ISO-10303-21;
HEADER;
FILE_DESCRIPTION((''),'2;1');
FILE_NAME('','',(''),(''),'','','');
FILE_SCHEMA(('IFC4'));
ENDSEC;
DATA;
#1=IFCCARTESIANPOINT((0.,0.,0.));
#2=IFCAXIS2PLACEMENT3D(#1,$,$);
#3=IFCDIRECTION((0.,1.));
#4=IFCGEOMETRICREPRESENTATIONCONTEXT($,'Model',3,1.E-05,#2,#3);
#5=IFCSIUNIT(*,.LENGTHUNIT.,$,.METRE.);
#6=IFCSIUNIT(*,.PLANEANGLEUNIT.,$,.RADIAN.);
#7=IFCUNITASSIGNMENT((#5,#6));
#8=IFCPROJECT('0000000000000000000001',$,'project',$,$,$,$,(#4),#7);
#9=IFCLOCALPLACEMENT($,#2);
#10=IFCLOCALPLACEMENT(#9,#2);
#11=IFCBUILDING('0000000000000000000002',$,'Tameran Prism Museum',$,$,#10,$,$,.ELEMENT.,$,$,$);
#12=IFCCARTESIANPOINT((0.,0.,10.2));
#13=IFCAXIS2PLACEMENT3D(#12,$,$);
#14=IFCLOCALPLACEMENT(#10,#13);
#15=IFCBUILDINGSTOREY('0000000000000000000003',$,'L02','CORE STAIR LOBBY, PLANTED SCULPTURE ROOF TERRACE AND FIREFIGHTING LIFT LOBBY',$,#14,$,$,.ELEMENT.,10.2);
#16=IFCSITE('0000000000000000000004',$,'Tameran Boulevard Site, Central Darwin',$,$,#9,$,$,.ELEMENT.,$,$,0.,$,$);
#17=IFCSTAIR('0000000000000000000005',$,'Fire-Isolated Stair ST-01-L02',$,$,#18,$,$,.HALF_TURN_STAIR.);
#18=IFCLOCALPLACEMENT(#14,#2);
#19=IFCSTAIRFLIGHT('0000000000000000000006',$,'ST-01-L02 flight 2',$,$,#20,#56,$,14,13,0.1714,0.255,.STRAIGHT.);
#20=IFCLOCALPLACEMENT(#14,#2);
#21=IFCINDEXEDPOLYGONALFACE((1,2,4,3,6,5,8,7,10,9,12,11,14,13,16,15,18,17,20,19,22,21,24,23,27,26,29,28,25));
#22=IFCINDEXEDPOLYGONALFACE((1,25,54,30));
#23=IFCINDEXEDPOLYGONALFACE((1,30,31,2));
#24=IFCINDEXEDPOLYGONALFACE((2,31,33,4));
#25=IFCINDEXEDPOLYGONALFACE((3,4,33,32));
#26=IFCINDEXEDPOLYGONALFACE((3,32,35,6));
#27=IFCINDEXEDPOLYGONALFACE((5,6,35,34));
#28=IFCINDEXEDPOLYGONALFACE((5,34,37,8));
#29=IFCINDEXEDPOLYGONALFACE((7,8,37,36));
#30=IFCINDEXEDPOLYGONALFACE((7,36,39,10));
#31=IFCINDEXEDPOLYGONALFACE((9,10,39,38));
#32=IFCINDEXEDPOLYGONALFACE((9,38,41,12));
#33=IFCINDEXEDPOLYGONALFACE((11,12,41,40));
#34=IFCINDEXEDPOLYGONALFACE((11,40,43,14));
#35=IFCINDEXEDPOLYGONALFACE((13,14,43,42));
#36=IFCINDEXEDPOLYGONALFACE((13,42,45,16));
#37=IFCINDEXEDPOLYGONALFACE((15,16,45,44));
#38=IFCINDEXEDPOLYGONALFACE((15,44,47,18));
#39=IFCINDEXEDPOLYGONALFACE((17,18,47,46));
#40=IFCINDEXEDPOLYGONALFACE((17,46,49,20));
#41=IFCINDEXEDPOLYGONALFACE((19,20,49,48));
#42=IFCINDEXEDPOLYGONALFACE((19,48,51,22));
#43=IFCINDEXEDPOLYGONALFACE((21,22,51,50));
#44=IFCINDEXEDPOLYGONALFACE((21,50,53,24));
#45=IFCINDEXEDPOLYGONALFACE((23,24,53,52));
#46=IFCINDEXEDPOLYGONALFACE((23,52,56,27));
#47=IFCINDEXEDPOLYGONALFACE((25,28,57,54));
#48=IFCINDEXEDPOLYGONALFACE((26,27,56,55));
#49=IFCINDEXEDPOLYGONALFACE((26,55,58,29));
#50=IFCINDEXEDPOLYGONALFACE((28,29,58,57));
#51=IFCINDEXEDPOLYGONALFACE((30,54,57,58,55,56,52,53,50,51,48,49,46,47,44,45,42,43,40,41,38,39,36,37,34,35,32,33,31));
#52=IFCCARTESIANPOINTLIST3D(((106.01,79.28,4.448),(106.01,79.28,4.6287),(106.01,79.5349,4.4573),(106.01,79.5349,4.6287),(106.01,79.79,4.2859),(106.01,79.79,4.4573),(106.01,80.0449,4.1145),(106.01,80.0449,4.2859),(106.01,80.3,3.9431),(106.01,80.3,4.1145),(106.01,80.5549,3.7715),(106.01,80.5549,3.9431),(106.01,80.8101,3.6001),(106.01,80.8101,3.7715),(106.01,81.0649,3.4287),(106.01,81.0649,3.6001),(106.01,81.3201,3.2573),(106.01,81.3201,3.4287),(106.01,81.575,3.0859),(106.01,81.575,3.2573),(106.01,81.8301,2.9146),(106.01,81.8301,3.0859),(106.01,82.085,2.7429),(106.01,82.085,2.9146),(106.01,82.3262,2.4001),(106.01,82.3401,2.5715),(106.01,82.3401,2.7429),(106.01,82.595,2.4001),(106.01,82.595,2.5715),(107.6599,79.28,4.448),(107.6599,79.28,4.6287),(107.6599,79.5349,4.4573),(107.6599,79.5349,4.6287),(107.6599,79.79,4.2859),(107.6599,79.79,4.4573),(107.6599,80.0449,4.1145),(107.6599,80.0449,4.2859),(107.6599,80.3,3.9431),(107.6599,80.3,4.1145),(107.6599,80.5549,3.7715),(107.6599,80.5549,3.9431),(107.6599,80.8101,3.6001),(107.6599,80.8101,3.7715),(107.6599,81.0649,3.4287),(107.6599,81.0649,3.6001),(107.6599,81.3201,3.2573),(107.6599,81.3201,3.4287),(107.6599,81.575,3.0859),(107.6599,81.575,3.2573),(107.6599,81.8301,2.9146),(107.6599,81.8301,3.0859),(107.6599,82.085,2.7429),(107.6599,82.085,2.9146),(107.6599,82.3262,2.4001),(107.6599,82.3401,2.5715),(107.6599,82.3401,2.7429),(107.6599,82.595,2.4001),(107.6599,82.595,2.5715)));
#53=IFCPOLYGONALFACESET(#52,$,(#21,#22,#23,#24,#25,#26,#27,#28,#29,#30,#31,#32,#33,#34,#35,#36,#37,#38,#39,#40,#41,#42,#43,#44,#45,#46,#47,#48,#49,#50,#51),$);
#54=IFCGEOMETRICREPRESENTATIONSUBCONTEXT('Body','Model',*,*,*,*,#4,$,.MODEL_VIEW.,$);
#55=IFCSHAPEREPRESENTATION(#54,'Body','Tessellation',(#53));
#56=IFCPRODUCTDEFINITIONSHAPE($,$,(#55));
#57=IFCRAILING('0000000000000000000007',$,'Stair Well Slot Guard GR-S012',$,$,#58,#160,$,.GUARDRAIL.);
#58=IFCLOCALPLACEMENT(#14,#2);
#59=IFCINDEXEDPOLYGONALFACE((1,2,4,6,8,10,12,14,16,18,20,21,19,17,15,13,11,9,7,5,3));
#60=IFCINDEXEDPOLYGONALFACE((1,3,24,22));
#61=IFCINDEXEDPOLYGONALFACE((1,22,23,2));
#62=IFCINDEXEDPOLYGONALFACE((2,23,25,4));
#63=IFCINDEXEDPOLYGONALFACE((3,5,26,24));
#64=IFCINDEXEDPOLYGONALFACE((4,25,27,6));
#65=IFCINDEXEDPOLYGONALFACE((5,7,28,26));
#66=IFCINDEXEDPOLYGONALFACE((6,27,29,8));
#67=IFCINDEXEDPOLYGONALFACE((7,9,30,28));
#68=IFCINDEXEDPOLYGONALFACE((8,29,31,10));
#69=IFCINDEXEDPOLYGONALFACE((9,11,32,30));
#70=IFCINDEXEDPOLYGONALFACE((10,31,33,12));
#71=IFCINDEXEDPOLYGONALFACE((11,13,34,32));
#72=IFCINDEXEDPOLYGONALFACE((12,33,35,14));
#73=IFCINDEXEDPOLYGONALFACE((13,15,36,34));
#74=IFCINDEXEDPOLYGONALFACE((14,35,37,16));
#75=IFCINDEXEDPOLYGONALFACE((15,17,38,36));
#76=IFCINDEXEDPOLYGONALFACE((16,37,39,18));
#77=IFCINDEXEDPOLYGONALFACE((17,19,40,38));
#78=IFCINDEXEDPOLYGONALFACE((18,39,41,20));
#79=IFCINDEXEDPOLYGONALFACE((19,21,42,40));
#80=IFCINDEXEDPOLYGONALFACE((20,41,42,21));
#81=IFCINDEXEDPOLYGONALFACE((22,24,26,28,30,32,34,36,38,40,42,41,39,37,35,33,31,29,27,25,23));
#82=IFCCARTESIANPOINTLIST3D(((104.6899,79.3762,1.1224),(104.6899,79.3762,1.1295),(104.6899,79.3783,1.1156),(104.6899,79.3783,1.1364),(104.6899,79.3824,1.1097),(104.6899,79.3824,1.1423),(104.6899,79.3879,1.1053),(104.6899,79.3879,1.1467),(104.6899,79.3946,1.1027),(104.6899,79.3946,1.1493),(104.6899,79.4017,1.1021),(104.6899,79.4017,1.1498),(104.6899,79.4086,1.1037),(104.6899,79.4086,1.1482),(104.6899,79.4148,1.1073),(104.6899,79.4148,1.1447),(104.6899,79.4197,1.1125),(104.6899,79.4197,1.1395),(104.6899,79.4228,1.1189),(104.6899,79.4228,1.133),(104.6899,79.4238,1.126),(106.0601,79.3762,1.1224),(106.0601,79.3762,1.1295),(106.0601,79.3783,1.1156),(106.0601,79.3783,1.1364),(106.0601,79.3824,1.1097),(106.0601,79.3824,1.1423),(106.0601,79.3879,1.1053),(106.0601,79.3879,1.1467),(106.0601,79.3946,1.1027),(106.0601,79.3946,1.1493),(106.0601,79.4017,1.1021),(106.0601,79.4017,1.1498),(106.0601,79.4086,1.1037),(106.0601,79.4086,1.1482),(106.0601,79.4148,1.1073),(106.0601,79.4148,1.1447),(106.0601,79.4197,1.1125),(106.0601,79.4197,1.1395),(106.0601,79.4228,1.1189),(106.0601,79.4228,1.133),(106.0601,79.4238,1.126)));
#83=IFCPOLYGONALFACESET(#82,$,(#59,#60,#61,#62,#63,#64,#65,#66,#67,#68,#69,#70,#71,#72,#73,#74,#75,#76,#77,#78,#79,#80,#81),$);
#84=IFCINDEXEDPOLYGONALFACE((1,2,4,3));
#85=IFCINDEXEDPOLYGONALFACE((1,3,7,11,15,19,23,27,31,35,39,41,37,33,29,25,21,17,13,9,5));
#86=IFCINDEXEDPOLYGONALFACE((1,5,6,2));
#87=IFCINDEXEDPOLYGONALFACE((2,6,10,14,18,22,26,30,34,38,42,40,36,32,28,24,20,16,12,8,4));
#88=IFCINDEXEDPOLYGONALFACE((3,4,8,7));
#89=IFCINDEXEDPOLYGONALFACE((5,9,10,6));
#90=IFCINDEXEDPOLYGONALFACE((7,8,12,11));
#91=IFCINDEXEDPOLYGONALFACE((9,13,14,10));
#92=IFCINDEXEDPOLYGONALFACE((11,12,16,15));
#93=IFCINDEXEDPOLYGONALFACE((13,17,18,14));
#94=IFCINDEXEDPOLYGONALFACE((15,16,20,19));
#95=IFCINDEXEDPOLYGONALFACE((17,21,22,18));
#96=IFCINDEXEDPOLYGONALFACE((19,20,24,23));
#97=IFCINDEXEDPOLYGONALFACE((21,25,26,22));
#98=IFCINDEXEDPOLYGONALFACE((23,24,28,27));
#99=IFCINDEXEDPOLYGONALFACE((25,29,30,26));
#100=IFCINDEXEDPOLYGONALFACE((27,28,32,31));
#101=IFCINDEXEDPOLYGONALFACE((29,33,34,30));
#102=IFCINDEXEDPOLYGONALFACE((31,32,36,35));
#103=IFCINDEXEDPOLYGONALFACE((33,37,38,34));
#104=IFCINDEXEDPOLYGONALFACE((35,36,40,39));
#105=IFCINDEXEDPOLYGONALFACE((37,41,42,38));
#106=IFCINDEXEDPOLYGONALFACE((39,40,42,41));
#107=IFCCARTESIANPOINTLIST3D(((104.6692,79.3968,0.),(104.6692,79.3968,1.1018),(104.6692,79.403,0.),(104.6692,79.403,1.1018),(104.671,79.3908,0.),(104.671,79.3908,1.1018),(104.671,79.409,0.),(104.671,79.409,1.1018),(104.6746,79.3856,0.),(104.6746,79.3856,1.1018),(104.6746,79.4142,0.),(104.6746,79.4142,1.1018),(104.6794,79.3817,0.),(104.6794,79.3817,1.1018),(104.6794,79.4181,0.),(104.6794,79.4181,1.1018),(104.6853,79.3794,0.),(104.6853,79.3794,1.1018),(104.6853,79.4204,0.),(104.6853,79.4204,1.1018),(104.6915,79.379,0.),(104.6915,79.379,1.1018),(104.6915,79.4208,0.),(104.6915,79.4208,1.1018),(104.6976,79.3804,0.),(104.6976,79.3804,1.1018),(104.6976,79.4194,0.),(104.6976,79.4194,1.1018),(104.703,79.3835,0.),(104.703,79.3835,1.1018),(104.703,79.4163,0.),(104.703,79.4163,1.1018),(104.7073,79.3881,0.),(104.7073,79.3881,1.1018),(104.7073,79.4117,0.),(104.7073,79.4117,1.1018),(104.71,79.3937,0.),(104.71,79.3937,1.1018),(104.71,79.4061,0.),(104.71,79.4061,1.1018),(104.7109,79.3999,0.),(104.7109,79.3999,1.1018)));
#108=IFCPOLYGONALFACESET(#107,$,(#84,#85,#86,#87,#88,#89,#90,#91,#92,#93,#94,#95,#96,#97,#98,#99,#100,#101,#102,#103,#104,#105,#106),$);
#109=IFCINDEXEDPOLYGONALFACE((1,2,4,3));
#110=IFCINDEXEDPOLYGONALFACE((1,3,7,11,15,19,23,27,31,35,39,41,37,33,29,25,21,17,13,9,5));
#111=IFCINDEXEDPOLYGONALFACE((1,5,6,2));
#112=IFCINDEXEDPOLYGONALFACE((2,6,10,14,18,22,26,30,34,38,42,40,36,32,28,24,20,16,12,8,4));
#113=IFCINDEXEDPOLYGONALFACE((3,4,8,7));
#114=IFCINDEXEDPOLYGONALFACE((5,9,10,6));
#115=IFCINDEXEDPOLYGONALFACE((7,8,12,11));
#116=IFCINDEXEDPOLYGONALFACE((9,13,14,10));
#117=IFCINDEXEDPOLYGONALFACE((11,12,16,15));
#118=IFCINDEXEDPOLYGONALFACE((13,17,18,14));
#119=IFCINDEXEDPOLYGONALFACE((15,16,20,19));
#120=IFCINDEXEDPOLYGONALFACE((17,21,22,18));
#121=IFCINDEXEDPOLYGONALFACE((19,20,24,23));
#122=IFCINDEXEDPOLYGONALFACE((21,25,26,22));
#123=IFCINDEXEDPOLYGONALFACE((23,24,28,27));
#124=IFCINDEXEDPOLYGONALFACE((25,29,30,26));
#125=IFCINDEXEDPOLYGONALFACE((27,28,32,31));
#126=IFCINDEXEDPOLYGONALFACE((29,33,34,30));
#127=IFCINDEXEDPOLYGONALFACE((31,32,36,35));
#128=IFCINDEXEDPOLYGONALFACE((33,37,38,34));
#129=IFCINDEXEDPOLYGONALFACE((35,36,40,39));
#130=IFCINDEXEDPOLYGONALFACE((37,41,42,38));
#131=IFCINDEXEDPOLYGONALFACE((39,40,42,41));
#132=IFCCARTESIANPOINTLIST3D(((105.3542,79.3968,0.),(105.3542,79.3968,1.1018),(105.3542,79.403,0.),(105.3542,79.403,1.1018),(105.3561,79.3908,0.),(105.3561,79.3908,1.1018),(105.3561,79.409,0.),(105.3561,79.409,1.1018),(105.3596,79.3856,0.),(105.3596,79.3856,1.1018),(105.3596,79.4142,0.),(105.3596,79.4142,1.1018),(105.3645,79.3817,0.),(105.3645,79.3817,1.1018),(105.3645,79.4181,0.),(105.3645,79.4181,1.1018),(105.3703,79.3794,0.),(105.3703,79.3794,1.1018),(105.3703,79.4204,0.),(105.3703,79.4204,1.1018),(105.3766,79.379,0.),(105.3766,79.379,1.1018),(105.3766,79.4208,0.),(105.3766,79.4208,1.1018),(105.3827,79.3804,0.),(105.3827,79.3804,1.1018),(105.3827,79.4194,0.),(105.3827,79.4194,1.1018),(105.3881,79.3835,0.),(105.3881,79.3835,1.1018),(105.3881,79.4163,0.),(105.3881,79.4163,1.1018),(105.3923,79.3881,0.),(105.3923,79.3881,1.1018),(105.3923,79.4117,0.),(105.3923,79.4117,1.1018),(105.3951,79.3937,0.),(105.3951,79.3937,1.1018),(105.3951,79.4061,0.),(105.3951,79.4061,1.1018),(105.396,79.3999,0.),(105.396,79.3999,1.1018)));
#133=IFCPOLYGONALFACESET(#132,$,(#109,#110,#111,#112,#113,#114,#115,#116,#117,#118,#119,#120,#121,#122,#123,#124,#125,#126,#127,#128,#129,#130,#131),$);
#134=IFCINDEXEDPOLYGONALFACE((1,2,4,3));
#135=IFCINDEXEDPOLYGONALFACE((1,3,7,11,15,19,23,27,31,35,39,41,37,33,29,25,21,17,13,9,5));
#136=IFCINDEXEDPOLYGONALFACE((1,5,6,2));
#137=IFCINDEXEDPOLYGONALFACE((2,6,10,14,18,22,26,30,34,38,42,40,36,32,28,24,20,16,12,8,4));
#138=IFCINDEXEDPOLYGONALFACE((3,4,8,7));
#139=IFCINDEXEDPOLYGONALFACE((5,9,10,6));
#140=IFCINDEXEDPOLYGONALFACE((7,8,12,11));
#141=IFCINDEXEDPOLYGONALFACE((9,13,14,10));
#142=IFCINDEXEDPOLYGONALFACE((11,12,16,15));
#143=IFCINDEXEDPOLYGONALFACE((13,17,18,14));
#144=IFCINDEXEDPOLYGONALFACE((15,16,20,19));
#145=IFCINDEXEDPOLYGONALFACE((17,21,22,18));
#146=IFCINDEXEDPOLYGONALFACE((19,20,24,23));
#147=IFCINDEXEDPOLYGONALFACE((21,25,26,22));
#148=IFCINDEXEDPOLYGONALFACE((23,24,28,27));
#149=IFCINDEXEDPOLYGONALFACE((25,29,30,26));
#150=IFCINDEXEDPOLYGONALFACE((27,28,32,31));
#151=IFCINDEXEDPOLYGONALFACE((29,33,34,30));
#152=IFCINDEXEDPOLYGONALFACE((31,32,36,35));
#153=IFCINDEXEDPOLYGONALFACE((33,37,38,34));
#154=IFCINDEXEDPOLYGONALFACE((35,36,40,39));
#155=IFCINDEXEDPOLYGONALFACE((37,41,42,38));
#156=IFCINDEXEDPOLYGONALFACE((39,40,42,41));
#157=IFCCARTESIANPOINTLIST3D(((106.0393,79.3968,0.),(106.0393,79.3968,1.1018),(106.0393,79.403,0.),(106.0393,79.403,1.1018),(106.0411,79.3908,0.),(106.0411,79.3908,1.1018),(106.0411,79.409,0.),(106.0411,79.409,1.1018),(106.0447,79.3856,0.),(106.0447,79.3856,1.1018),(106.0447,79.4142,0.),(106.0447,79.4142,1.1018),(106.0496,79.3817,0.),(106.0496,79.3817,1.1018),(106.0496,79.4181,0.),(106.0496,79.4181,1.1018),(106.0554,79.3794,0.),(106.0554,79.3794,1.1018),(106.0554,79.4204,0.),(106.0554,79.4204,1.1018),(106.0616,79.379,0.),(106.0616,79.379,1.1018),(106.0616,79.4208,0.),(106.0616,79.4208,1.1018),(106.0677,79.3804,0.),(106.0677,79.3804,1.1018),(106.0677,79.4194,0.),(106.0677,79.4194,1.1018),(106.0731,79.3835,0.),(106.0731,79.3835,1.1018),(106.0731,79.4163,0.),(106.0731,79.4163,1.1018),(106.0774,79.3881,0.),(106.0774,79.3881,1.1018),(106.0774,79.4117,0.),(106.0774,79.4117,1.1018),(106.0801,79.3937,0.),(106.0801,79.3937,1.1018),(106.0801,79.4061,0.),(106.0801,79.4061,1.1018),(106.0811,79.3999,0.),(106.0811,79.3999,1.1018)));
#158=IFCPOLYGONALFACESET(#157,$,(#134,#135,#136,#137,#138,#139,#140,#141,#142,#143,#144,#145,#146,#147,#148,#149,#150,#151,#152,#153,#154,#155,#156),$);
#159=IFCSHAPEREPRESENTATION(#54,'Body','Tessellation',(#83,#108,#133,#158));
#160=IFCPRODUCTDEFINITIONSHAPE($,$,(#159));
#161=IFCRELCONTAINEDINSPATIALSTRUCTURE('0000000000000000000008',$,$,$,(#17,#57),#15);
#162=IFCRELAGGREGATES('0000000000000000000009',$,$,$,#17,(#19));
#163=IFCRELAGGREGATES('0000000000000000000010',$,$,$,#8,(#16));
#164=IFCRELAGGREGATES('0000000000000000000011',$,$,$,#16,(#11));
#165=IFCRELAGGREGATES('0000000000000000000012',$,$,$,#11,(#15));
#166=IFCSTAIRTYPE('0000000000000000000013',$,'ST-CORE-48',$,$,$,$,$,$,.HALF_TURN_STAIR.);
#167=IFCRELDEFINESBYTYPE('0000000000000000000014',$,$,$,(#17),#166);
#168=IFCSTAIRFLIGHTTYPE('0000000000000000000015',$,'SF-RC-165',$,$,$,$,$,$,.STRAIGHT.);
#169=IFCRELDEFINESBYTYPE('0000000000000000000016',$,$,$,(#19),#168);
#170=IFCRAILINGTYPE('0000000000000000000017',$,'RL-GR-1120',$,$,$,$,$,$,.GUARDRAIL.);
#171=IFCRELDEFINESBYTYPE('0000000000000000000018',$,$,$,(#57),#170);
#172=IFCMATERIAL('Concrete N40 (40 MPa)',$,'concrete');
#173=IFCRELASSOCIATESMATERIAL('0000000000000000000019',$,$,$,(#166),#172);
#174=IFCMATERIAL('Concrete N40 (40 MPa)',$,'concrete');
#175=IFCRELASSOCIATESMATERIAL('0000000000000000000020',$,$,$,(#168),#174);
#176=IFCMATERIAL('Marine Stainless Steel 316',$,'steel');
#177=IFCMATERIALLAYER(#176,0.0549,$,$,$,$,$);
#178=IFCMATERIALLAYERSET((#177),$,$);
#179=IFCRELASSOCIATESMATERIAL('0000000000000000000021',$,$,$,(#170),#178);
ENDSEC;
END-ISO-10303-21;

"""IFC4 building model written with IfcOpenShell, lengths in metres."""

from ifc_helpers import new_model, si_unit, direction, frame, origin, origin_2d, place, context, subcontext, project, spatial, polyline, circle, outline, extrude, material, layer, layer_set, type_object, element, aggregate, save


model = new_model("IFC4")

# Units and contexts
model_context = context("Model", 3, precision=1e-05, world=origin(), true_north=direction((0.0, 1.0)))
body_context = subcontext(model_context, "Body", "Model", "MODEL_VIEW")
ifc_project = project(units=[si_unit("LENGTHUNIT", "METRE"), si_unit("PLANEANGLEUNIT", "RADIAN")], contexts=[model_context])

# Site, building, storey
site_placement = place(None, origin())
site = spatial("IfcSite", under=ifc_project, at=site_placement, Name="Tameran Boulevard Site, Central Darwin", CompositionType="ELEMENT", RefElevation=0.0)
building_placement = place(site_placement, origin())
building = spatial("IfcBuilding", under=site, at=building_placement, Name="Tameran Prism Museum", CompositionType="ELEMENT")
storey_placement = place(building_placement, frame((0.0, 0.0, 10.2)))
storey = spatial("IfcBuildingStorey", under=building, at=storey_placement, Name="L02", Description="CORE STAIR LOBBY, PLANTED SCULPTURE ROOF TERRACE AND FIREFIGHTING LIFT LOBBY", CompositionType="ELEMENT", Elevation=10.2)

# Stair, stair flight
ifc_material_1 = material(Name="Concrete N40 (40 MPa)", Category="concrete")
stair_type = type_object("IfcStairType", Name="ST-CORE-48", PredefinedType="HALF_TURN_STAIR", material=ifc_material_1)
stair_placement = place(storey_placement, origin())
stair = element("IfcStair", 1, at=stair_placement, inside=storey, type_object=stair_type, Name="Fire-Isolated Stair ST-01-L02", PredefinedType="HALF_TURN_STAIR")
ifc_material_2 = material(Name="Concrete N40 (40 MPa)", Category="concrete")
stair_flight_type = type_object("IfcStairFlightType", Name="SF-RC-165", PredefinedType="STRAIGHT", material=ifc_material_2)
stair_flight_1_placement = place(storey_placement, frame((106.835, 82.595, 2.4001), z_axis=(0.0, 0.0, 1.0), x_axis=(0.0, -1.0, 0.0)))
stair_flight_1 = element("IfcStairFlight", 2, at=stair_flight_1_placement, type_object=stair_flight_type, Name="ST-01-L02 flight 2", NumberOfRisers=14, NumberOfTreads=13, PredefinedType="STRAIGHT", RiserHeight=0.1714, TreadLength=0.255, context=body_context, shape_type="SweptSolid", body=[
    extrude(outline(polyline([(0.0, 0.0), (0.0, 0.1714), (0.2549, 0.1714), (0.2549, 0.3428), (0.51, 0.3428), (0.51, 0.5144), (0.7649, 0.5144), (0.7649, 0.6858), (1.02, 0.6858), (1.02, 0.8572), (1.2749, 0.8572), (1.2749, 1.0286), (1.53, 1.0286), (1.53, 1.2), (1.7849, 1.2), (1.7849, 1.3713), (2.04, 1.3713), (2.04, 1.543), (2.2949, 1.543), (2.2949, 1.7144), (2.55, 1.7144), (2.55, 1.8857), (2.8049, 1.8857), (2.8049, 2.0571), (3.0601, 2.0571), (3.0601, 2.2285), (3.3149, 2.2285), (3.3149, 2.3999), (3.3149, 2.0479), (0.2688, 0.0), (0.0, 0.0)])), frame((0.0, 0.825, 0.0), z_axis=(0.0, -1.0, 0.0), x_axis=(1.0, 0.0, 0.0)), (0.0, 0.0, 1.0), 1.6499),
])
aggregate(stair, [stair_flight_1])

# Railing
ifc_material_3 = material(Name="Marine Stainless Steel 316", Category="steel")
ifc_layer_1 = layer(ifc_material_3, 0.0549)
ifc_layer_set_1 = layer_set([ifc_layer_1])
railing_type_1 = type_object("IfcRailingType", Name="RL-GR-1120", PredefinedType="GUARDRAIL", material=ifc_layer_set_1)
railing_1_placement = place(storey_placement, frame((104.6899, 79.3999, 0.0)))
element("IfcRailing", 3, at=railing_1_placement, inside=storey, type_object=railing_type_1, Name="Stair Well Slot Guard GR-S012", PredefinedType="GUARDRAIL", context=body_context, shape_type="SweptSolid", body=[
    extrude(circle(Radius=0.0239, at=origin_2d()), frame((0.0, 0.0, 1.126), z_axis=(1.0, 0.0, 0.0), x_axis=(0.0, 1.0, 0.0)), (0.0, 0.0, 1.0), 1.3701),
    extrude(circle(Radius=0.021, at=origin_2d()), origin(), (0.0, 0.0, 1.0), 1.1018),
    extrude(circle(Radius=0.021, at=origin_2d()), frame((0.6851, 0.0, 0.0)), (0.0, 0.0, 1.0), 1.1018),
    extrude(circle(Radius=0.021, at=origin_2d()), frame((1.3701, 0.0, 0.0)), (0.0, 0.0, 1.0), 1.1018),
])

save(model, "model.ifc")
